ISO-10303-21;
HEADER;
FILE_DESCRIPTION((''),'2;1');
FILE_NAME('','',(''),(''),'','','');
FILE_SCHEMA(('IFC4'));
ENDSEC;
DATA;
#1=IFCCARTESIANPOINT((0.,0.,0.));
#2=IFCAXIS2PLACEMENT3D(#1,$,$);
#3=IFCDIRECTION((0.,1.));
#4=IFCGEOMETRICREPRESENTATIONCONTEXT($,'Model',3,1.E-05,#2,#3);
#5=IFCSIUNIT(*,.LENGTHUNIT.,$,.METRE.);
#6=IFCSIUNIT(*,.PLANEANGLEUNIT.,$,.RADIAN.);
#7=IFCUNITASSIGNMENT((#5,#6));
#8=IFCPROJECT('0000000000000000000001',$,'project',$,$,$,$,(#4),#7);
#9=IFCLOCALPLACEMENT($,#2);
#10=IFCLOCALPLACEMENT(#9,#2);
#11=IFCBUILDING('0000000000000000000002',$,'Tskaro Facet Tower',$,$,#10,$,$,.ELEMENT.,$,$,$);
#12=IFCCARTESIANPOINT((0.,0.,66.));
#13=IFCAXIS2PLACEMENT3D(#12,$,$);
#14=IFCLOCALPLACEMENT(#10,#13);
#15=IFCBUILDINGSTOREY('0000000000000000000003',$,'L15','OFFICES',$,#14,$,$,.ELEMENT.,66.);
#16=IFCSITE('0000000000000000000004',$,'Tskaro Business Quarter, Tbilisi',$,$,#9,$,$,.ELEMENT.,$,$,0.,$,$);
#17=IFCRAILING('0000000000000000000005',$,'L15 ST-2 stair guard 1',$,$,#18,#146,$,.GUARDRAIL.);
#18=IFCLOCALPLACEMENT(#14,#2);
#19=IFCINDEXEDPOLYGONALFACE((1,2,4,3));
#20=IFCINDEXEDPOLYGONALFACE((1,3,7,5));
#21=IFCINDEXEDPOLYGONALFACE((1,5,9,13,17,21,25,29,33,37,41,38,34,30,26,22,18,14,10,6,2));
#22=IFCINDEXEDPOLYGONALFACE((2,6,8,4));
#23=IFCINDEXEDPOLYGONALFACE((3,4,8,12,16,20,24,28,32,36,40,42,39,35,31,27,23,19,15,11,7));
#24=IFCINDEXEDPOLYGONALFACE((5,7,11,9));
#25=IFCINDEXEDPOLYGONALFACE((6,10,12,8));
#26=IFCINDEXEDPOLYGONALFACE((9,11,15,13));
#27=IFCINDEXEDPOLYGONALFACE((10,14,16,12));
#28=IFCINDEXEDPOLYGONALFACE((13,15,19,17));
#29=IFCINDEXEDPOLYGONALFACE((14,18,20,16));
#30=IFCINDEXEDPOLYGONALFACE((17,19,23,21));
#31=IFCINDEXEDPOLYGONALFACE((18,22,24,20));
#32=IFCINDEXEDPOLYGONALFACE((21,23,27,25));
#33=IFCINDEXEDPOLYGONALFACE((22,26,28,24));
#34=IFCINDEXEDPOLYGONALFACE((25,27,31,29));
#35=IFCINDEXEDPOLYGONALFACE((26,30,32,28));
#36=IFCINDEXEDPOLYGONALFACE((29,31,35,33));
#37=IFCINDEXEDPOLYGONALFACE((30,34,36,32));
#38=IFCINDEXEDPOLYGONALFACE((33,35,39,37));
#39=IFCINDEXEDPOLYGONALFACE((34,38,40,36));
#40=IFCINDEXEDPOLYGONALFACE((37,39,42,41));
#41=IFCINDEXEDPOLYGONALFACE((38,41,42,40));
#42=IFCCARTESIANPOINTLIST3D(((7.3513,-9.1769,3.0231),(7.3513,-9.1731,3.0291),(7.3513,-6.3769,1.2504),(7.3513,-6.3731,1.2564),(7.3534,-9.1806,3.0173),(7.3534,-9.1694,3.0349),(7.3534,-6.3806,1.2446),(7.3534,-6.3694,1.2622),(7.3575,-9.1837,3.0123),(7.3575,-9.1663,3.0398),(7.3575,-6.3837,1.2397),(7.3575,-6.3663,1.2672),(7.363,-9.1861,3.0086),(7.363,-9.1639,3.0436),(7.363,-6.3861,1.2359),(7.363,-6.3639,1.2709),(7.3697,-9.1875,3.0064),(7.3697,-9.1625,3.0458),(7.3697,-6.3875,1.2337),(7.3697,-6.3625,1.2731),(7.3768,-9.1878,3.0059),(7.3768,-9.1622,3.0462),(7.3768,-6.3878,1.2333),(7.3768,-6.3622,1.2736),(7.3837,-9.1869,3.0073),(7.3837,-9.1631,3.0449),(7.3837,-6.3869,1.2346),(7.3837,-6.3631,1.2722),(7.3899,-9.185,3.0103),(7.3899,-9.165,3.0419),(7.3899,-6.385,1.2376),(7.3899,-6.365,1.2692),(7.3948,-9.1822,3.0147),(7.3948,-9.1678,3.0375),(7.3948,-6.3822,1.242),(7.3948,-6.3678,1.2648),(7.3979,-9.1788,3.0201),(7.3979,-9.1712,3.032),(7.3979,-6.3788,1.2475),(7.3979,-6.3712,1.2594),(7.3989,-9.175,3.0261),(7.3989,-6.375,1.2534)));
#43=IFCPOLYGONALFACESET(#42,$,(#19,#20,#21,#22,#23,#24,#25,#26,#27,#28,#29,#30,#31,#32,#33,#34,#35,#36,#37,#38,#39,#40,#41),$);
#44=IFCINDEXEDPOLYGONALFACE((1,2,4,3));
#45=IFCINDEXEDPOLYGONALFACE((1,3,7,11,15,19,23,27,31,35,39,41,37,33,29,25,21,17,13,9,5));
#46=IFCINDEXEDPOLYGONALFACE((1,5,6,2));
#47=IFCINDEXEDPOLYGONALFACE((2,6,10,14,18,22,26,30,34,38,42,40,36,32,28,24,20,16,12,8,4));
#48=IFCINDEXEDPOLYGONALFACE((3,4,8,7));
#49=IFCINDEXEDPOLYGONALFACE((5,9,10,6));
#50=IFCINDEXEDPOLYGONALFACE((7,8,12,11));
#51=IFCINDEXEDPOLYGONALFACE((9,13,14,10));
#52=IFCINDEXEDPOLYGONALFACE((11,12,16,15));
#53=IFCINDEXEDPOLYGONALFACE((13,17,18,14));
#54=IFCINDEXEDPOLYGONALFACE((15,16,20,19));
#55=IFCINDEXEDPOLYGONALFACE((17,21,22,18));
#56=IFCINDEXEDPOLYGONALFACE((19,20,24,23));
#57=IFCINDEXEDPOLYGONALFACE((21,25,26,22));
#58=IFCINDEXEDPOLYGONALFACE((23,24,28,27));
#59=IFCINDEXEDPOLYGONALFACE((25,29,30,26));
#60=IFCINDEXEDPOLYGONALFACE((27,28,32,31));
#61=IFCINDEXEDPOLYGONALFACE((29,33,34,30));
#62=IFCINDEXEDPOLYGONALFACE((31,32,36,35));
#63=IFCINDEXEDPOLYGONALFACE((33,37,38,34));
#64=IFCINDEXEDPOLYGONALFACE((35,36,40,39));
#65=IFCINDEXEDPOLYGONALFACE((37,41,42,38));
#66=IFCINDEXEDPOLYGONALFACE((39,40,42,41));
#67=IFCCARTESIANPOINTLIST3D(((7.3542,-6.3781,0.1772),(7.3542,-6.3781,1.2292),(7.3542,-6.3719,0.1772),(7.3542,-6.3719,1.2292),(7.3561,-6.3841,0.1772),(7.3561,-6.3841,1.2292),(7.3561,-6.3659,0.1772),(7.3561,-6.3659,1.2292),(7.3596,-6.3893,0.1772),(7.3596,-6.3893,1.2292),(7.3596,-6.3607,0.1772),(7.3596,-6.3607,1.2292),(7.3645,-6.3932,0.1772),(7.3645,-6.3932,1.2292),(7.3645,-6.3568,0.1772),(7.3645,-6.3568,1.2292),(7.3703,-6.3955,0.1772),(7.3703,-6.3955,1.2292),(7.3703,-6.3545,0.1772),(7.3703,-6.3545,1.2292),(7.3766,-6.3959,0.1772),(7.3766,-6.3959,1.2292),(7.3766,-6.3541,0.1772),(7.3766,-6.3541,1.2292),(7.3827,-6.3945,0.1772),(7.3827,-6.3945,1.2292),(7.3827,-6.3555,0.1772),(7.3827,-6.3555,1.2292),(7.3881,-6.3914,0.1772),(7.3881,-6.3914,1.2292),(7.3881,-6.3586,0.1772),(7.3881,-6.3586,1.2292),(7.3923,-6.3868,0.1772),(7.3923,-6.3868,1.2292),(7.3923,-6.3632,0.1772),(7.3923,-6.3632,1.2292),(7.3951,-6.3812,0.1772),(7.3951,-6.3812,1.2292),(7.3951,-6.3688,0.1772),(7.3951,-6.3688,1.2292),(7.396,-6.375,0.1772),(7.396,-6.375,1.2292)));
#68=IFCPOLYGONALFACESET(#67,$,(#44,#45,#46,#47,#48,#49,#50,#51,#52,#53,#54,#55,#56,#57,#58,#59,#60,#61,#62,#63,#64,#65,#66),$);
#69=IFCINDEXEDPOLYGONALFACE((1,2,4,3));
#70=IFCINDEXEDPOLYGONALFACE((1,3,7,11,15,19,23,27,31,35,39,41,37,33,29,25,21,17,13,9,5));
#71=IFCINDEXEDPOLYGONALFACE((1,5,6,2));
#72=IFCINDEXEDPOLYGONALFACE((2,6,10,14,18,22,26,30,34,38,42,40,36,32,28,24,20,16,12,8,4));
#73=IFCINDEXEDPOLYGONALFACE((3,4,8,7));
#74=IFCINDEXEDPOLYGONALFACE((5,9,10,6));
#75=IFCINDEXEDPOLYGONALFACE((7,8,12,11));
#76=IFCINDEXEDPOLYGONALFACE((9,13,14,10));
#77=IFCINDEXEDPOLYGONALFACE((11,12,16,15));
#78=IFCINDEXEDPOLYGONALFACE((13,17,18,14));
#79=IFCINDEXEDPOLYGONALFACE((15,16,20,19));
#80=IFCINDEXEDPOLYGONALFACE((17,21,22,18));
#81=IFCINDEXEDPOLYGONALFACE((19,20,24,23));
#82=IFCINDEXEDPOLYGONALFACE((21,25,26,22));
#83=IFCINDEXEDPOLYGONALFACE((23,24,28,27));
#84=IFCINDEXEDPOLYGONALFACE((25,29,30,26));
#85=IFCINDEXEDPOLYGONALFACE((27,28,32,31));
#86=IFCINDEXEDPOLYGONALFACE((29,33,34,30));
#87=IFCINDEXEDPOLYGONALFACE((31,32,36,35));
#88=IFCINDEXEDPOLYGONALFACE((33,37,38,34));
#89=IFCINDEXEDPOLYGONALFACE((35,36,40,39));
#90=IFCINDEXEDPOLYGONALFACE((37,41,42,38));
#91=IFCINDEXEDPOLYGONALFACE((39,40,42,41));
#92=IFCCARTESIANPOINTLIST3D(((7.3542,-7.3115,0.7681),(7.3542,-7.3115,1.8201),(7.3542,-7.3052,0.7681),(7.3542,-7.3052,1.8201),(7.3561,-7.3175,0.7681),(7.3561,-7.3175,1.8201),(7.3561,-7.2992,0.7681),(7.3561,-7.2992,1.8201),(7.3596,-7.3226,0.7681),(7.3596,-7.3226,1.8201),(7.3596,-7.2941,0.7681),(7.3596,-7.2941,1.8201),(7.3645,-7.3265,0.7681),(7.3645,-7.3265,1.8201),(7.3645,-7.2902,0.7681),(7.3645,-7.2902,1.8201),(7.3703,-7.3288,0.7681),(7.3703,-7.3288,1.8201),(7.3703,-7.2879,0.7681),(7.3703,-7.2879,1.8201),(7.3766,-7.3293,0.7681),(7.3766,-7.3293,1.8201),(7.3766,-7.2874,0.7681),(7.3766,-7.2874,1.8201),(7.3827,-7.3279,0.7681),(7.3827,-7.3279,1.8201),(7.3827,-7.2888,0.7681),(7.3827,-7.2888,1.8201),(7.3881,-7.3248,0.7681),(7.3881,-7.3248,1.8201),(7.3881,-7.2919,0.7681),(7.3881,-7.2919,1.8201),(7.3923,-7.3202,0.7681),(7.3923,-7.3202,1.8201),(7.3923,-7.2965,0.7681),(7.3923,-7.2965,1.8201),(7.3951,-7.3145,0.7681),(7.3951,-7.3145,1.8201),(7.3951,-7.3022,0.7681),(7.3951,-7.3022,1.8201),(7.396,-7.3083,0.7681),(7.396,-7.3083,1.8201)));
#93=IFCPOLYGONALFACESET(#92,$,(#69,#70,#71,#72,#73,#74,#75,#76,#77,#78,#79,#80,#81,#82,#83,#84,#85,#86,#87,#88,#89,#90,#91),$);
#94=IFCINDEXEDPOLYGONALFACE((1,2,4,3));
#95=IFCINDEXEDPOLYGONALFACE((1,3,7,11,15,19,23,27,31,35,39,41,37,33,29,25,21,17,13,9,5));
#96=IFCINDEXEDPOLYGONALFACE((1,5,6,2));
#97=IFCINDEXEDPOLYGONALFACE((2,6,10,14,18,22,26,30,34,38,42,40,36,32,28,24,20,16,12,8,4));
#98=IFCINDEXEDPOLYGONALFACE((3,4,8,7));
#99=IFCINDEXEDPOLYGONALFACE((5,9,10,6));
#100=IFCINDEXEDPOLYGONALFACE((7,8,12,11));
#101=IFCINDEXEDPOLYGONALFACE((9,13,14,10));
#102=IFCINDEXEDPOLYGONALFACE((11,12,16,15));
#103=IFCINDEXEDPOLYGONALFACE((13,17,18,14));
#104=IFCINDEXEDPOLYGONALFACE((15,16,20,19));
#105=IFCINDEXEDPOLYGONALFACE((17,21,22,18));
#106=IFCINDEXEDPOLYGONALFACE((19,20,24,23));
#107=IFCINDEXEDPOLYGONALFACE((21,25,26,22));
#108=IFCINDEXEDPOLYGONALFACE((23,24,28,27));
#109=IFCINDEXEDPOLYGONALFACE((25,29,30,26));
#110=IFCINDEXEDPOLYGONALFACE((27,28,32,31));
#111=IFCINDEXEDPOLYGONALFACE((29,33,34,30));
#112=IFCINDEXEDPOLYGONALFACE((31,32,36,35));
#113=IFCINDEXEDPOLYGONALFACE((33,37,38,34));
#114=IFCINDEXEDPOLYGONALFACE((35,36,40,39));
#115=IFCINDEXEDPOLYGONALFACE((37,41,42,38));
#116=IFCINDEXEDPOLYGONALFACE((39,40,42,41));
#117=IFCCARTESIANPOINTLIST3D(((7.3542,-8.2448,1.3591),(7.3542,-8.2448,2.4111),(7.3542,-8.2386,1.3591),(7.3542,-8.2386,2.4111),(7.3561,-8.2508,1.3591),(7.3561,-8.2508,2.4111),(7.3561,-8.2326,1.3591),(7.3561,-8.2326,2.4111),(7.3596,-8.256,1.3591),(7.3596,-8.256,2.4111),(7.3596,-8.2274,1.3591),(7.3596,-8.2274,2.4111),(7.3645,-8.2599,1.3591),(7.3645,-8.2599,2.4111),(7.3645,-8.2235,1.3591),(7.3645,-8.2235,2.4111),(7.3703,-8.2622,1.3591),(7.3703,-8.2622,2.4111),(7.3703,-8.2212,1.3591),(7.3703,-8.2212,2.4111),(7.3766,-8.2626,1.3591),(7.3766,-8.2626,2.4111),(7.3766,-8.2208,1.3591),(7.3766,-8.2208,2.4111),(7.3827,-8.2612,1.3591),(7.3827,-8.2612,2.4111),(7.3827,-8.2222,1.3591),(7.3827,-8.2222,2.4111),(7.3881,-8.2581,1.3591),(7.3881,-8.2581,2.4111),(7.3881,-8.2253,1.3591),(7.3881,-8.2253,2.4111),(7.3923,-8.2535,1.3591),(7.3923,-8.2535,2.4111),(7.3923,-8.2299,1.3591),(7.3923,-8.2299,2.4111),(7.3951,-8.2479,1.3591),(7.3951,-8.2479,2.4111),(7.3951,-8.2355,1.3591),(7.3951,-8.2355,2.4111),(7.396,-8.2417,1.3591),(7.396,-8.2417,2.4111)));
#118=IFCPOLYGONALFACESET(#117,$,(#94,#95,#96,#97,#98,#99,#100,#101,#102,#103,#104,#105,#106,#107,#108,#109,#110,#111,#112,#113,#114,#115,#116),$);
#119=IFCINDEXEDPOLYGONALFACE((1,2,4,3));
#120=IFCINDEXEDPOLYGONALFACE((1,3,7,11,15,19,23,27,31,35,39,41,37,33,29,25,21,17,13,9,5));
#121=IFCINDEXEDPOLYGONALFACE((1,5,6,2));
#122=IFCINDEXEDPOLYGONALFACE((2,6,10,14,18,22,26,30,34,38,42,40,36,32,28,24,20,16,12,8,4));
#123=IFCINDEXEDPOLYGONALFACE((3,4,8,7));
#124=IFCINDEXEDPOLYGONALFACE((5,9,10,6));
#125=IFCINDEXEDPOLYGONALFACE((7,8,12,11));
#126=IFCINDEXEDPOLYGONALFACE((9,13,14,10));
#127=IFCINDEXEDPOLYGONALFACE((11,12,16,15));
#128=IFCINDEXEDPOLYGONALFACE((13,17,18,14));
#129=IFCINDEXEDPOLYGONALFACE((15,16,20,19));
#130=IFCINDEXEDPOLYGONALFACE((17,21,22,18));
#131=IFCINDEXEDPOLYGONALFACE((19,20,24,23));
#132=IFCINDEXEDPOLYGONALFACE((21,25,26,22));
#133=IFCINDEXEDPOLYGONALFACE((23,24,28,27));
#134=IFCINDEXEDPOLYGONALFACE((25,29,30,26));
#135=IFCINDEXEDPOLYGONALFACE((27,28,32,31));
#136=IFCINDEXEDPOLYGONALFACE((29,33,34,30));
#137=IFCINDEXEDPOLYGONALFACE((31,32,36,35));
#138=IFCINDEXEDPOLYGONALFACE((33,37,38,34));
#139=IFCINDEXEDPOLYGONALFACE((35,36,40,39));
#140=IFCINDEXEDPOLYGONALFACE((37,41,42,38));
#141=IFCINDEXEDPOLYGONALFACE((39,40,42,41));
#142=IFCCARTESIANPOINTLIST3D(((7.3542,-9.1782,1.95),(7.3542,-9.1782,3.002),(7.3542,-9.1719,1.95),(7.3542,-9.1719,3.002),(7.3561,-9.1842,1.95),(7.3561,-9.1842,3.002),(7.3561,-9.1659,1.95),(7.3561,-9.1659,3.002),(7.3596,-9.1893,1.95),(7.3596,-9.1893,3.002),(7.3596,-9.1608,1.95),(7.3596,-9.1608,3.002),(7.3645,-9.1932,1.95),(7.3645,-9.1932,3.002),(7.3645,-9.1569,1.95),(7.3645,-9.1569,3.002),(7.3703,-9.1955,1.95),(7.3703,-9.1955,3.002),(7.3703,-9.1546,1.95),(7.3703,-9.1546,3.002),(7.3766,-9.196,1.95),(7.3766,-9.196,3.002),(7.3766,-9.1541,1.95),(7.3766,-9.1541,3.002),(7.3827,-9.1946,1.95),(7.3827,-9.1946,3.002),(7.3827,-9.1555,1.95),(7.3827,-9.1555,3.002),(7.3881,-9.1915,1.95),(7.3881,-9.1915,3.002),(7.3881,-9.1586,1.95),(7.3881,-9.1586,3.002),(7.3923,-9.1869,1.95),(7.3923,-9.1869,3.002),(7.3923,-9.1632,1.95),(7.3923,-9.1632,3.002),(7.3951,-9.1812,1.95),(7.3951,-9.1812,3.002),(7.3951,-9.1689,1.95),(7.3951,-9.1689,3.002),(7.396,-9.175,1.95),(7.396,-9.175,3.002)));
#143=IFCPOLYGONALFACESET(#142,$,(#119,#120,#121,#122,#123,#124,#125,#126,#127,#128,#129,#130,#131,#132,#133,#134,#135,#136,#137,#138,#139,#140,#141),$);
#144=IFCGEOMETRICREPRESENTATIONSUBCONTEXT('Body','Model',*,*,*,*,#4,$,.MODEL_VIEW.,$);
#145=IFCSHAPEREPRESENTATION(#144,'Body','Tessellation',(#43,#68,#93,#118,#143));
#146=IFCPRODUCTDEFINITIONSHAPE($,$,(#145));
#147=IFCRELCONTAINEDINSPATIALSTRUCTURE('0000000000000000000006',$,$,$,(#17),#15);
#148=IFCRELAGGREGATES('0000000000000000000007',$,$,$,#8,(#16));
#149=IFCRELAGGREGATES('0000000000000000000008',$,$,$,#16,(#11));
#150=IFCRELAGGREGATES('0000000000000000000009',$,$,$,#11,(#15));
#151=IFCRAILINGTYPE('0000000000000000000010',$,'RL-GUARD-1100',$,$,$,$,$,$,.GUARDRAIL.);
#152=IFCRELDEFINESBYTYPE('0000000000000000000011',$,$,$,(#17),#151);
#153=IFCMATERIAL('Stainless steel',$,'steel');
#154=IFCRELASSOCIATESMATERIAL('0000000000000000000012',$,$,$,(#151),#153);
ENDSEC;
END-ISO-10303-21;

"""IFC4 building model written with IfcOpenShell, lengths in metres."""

from ifc_helpers import new_model, si_unit, direction, frame, origin, origin_2d, place, context, subcontext, project, spatial, circle, extrude, material, type_object, element, save


model = new_model("IFC4")

# Units and contexts
model_context = context("Model", 3, precision=1e-05, world=origin(), true_north=direction((0.0, 1.0)))
body_context = subcontext(model_context, "Body", "Model", "MODEL_VIEW")
ifc_project = project(units=[si_unit("LENGTHUNIT", "METRE"), si_unit("PLANEANGLEUNIT", "RADIAN")], contexts=[model_context])

# Site, building, storey
site_placement = place(None, origin())
site = spatial("IfcSite", under=ifc_project, at=site_placement, Name="Tskaro Business Quarter, Tbilisi", CompositionType="ELEMENT", RefElevation=0.0)
building_placement = place(site_placement, origin())
building = spatial("IfcBuilding", under=site, at=building_placement, Name="Tskaro Facet Tower", CompositionType="ELEMENT")
storey_placement = place(building_placement, frame((0.0, 0.0, 66.0)))
storey = spatial("IfcBuildingStorey", under=building, at=storey_placement, Name="L15", Description="OFFICES", CompositionType="ELEMENT", Elevation=66.0)

# Railing
ifc_material_1 = material(Name="Stainless steel", Category="steel")
railing_type_1 = type_object("IfcRailingType", Name="RL-GUARD-1100", PredefinedType="GUARDRAIL", material=ifc_material_1)
railing_1_placement = place(storey_placement, frame((7.375, -6.375, 0.1772)))
element("IfcRailing", 1, at=railing_1_placement, inside=storey, type_object=railing_type_1, Name="L15 ST-2 stair guard 1", PredefinedType="GUARDRAIL", context=body_context, shape_type="SweptSolid", body=[
    extrude(circle(Radius=0.0239, at=origin_2d()), frame((0.0, 0.0, 1.0762), z_axis=(0.0, -0.844909, 0.53491), x_axis=(1.0, 0.0, 0.0)), (0.0, 0.0, 1.0), 3.314),
    extrude(circle(Radius=0.021, at=origin_2d()), origin(), (0.0, 0.0, 1.0), 1.052),
    extrude(circle(Radius=0.021, at=origin_2d()), frame((0.0, -0.9333, 0.5908)), (0.0, 0.0, 1.0), 1.052),
    extrude(circle(Radius=0.021, at=origin_2d()), frame((0.0, -1.8667, 1.1819)), (0.0, 0.0, 1.0), 1.052),
    extrude(circle(Radius=0.021, at=origin_2d()), frame((0.0, -2.8, 1.7727)), (0.0, 0.0, 1.0), 1.052),
])

save(model, "model.ifc")
